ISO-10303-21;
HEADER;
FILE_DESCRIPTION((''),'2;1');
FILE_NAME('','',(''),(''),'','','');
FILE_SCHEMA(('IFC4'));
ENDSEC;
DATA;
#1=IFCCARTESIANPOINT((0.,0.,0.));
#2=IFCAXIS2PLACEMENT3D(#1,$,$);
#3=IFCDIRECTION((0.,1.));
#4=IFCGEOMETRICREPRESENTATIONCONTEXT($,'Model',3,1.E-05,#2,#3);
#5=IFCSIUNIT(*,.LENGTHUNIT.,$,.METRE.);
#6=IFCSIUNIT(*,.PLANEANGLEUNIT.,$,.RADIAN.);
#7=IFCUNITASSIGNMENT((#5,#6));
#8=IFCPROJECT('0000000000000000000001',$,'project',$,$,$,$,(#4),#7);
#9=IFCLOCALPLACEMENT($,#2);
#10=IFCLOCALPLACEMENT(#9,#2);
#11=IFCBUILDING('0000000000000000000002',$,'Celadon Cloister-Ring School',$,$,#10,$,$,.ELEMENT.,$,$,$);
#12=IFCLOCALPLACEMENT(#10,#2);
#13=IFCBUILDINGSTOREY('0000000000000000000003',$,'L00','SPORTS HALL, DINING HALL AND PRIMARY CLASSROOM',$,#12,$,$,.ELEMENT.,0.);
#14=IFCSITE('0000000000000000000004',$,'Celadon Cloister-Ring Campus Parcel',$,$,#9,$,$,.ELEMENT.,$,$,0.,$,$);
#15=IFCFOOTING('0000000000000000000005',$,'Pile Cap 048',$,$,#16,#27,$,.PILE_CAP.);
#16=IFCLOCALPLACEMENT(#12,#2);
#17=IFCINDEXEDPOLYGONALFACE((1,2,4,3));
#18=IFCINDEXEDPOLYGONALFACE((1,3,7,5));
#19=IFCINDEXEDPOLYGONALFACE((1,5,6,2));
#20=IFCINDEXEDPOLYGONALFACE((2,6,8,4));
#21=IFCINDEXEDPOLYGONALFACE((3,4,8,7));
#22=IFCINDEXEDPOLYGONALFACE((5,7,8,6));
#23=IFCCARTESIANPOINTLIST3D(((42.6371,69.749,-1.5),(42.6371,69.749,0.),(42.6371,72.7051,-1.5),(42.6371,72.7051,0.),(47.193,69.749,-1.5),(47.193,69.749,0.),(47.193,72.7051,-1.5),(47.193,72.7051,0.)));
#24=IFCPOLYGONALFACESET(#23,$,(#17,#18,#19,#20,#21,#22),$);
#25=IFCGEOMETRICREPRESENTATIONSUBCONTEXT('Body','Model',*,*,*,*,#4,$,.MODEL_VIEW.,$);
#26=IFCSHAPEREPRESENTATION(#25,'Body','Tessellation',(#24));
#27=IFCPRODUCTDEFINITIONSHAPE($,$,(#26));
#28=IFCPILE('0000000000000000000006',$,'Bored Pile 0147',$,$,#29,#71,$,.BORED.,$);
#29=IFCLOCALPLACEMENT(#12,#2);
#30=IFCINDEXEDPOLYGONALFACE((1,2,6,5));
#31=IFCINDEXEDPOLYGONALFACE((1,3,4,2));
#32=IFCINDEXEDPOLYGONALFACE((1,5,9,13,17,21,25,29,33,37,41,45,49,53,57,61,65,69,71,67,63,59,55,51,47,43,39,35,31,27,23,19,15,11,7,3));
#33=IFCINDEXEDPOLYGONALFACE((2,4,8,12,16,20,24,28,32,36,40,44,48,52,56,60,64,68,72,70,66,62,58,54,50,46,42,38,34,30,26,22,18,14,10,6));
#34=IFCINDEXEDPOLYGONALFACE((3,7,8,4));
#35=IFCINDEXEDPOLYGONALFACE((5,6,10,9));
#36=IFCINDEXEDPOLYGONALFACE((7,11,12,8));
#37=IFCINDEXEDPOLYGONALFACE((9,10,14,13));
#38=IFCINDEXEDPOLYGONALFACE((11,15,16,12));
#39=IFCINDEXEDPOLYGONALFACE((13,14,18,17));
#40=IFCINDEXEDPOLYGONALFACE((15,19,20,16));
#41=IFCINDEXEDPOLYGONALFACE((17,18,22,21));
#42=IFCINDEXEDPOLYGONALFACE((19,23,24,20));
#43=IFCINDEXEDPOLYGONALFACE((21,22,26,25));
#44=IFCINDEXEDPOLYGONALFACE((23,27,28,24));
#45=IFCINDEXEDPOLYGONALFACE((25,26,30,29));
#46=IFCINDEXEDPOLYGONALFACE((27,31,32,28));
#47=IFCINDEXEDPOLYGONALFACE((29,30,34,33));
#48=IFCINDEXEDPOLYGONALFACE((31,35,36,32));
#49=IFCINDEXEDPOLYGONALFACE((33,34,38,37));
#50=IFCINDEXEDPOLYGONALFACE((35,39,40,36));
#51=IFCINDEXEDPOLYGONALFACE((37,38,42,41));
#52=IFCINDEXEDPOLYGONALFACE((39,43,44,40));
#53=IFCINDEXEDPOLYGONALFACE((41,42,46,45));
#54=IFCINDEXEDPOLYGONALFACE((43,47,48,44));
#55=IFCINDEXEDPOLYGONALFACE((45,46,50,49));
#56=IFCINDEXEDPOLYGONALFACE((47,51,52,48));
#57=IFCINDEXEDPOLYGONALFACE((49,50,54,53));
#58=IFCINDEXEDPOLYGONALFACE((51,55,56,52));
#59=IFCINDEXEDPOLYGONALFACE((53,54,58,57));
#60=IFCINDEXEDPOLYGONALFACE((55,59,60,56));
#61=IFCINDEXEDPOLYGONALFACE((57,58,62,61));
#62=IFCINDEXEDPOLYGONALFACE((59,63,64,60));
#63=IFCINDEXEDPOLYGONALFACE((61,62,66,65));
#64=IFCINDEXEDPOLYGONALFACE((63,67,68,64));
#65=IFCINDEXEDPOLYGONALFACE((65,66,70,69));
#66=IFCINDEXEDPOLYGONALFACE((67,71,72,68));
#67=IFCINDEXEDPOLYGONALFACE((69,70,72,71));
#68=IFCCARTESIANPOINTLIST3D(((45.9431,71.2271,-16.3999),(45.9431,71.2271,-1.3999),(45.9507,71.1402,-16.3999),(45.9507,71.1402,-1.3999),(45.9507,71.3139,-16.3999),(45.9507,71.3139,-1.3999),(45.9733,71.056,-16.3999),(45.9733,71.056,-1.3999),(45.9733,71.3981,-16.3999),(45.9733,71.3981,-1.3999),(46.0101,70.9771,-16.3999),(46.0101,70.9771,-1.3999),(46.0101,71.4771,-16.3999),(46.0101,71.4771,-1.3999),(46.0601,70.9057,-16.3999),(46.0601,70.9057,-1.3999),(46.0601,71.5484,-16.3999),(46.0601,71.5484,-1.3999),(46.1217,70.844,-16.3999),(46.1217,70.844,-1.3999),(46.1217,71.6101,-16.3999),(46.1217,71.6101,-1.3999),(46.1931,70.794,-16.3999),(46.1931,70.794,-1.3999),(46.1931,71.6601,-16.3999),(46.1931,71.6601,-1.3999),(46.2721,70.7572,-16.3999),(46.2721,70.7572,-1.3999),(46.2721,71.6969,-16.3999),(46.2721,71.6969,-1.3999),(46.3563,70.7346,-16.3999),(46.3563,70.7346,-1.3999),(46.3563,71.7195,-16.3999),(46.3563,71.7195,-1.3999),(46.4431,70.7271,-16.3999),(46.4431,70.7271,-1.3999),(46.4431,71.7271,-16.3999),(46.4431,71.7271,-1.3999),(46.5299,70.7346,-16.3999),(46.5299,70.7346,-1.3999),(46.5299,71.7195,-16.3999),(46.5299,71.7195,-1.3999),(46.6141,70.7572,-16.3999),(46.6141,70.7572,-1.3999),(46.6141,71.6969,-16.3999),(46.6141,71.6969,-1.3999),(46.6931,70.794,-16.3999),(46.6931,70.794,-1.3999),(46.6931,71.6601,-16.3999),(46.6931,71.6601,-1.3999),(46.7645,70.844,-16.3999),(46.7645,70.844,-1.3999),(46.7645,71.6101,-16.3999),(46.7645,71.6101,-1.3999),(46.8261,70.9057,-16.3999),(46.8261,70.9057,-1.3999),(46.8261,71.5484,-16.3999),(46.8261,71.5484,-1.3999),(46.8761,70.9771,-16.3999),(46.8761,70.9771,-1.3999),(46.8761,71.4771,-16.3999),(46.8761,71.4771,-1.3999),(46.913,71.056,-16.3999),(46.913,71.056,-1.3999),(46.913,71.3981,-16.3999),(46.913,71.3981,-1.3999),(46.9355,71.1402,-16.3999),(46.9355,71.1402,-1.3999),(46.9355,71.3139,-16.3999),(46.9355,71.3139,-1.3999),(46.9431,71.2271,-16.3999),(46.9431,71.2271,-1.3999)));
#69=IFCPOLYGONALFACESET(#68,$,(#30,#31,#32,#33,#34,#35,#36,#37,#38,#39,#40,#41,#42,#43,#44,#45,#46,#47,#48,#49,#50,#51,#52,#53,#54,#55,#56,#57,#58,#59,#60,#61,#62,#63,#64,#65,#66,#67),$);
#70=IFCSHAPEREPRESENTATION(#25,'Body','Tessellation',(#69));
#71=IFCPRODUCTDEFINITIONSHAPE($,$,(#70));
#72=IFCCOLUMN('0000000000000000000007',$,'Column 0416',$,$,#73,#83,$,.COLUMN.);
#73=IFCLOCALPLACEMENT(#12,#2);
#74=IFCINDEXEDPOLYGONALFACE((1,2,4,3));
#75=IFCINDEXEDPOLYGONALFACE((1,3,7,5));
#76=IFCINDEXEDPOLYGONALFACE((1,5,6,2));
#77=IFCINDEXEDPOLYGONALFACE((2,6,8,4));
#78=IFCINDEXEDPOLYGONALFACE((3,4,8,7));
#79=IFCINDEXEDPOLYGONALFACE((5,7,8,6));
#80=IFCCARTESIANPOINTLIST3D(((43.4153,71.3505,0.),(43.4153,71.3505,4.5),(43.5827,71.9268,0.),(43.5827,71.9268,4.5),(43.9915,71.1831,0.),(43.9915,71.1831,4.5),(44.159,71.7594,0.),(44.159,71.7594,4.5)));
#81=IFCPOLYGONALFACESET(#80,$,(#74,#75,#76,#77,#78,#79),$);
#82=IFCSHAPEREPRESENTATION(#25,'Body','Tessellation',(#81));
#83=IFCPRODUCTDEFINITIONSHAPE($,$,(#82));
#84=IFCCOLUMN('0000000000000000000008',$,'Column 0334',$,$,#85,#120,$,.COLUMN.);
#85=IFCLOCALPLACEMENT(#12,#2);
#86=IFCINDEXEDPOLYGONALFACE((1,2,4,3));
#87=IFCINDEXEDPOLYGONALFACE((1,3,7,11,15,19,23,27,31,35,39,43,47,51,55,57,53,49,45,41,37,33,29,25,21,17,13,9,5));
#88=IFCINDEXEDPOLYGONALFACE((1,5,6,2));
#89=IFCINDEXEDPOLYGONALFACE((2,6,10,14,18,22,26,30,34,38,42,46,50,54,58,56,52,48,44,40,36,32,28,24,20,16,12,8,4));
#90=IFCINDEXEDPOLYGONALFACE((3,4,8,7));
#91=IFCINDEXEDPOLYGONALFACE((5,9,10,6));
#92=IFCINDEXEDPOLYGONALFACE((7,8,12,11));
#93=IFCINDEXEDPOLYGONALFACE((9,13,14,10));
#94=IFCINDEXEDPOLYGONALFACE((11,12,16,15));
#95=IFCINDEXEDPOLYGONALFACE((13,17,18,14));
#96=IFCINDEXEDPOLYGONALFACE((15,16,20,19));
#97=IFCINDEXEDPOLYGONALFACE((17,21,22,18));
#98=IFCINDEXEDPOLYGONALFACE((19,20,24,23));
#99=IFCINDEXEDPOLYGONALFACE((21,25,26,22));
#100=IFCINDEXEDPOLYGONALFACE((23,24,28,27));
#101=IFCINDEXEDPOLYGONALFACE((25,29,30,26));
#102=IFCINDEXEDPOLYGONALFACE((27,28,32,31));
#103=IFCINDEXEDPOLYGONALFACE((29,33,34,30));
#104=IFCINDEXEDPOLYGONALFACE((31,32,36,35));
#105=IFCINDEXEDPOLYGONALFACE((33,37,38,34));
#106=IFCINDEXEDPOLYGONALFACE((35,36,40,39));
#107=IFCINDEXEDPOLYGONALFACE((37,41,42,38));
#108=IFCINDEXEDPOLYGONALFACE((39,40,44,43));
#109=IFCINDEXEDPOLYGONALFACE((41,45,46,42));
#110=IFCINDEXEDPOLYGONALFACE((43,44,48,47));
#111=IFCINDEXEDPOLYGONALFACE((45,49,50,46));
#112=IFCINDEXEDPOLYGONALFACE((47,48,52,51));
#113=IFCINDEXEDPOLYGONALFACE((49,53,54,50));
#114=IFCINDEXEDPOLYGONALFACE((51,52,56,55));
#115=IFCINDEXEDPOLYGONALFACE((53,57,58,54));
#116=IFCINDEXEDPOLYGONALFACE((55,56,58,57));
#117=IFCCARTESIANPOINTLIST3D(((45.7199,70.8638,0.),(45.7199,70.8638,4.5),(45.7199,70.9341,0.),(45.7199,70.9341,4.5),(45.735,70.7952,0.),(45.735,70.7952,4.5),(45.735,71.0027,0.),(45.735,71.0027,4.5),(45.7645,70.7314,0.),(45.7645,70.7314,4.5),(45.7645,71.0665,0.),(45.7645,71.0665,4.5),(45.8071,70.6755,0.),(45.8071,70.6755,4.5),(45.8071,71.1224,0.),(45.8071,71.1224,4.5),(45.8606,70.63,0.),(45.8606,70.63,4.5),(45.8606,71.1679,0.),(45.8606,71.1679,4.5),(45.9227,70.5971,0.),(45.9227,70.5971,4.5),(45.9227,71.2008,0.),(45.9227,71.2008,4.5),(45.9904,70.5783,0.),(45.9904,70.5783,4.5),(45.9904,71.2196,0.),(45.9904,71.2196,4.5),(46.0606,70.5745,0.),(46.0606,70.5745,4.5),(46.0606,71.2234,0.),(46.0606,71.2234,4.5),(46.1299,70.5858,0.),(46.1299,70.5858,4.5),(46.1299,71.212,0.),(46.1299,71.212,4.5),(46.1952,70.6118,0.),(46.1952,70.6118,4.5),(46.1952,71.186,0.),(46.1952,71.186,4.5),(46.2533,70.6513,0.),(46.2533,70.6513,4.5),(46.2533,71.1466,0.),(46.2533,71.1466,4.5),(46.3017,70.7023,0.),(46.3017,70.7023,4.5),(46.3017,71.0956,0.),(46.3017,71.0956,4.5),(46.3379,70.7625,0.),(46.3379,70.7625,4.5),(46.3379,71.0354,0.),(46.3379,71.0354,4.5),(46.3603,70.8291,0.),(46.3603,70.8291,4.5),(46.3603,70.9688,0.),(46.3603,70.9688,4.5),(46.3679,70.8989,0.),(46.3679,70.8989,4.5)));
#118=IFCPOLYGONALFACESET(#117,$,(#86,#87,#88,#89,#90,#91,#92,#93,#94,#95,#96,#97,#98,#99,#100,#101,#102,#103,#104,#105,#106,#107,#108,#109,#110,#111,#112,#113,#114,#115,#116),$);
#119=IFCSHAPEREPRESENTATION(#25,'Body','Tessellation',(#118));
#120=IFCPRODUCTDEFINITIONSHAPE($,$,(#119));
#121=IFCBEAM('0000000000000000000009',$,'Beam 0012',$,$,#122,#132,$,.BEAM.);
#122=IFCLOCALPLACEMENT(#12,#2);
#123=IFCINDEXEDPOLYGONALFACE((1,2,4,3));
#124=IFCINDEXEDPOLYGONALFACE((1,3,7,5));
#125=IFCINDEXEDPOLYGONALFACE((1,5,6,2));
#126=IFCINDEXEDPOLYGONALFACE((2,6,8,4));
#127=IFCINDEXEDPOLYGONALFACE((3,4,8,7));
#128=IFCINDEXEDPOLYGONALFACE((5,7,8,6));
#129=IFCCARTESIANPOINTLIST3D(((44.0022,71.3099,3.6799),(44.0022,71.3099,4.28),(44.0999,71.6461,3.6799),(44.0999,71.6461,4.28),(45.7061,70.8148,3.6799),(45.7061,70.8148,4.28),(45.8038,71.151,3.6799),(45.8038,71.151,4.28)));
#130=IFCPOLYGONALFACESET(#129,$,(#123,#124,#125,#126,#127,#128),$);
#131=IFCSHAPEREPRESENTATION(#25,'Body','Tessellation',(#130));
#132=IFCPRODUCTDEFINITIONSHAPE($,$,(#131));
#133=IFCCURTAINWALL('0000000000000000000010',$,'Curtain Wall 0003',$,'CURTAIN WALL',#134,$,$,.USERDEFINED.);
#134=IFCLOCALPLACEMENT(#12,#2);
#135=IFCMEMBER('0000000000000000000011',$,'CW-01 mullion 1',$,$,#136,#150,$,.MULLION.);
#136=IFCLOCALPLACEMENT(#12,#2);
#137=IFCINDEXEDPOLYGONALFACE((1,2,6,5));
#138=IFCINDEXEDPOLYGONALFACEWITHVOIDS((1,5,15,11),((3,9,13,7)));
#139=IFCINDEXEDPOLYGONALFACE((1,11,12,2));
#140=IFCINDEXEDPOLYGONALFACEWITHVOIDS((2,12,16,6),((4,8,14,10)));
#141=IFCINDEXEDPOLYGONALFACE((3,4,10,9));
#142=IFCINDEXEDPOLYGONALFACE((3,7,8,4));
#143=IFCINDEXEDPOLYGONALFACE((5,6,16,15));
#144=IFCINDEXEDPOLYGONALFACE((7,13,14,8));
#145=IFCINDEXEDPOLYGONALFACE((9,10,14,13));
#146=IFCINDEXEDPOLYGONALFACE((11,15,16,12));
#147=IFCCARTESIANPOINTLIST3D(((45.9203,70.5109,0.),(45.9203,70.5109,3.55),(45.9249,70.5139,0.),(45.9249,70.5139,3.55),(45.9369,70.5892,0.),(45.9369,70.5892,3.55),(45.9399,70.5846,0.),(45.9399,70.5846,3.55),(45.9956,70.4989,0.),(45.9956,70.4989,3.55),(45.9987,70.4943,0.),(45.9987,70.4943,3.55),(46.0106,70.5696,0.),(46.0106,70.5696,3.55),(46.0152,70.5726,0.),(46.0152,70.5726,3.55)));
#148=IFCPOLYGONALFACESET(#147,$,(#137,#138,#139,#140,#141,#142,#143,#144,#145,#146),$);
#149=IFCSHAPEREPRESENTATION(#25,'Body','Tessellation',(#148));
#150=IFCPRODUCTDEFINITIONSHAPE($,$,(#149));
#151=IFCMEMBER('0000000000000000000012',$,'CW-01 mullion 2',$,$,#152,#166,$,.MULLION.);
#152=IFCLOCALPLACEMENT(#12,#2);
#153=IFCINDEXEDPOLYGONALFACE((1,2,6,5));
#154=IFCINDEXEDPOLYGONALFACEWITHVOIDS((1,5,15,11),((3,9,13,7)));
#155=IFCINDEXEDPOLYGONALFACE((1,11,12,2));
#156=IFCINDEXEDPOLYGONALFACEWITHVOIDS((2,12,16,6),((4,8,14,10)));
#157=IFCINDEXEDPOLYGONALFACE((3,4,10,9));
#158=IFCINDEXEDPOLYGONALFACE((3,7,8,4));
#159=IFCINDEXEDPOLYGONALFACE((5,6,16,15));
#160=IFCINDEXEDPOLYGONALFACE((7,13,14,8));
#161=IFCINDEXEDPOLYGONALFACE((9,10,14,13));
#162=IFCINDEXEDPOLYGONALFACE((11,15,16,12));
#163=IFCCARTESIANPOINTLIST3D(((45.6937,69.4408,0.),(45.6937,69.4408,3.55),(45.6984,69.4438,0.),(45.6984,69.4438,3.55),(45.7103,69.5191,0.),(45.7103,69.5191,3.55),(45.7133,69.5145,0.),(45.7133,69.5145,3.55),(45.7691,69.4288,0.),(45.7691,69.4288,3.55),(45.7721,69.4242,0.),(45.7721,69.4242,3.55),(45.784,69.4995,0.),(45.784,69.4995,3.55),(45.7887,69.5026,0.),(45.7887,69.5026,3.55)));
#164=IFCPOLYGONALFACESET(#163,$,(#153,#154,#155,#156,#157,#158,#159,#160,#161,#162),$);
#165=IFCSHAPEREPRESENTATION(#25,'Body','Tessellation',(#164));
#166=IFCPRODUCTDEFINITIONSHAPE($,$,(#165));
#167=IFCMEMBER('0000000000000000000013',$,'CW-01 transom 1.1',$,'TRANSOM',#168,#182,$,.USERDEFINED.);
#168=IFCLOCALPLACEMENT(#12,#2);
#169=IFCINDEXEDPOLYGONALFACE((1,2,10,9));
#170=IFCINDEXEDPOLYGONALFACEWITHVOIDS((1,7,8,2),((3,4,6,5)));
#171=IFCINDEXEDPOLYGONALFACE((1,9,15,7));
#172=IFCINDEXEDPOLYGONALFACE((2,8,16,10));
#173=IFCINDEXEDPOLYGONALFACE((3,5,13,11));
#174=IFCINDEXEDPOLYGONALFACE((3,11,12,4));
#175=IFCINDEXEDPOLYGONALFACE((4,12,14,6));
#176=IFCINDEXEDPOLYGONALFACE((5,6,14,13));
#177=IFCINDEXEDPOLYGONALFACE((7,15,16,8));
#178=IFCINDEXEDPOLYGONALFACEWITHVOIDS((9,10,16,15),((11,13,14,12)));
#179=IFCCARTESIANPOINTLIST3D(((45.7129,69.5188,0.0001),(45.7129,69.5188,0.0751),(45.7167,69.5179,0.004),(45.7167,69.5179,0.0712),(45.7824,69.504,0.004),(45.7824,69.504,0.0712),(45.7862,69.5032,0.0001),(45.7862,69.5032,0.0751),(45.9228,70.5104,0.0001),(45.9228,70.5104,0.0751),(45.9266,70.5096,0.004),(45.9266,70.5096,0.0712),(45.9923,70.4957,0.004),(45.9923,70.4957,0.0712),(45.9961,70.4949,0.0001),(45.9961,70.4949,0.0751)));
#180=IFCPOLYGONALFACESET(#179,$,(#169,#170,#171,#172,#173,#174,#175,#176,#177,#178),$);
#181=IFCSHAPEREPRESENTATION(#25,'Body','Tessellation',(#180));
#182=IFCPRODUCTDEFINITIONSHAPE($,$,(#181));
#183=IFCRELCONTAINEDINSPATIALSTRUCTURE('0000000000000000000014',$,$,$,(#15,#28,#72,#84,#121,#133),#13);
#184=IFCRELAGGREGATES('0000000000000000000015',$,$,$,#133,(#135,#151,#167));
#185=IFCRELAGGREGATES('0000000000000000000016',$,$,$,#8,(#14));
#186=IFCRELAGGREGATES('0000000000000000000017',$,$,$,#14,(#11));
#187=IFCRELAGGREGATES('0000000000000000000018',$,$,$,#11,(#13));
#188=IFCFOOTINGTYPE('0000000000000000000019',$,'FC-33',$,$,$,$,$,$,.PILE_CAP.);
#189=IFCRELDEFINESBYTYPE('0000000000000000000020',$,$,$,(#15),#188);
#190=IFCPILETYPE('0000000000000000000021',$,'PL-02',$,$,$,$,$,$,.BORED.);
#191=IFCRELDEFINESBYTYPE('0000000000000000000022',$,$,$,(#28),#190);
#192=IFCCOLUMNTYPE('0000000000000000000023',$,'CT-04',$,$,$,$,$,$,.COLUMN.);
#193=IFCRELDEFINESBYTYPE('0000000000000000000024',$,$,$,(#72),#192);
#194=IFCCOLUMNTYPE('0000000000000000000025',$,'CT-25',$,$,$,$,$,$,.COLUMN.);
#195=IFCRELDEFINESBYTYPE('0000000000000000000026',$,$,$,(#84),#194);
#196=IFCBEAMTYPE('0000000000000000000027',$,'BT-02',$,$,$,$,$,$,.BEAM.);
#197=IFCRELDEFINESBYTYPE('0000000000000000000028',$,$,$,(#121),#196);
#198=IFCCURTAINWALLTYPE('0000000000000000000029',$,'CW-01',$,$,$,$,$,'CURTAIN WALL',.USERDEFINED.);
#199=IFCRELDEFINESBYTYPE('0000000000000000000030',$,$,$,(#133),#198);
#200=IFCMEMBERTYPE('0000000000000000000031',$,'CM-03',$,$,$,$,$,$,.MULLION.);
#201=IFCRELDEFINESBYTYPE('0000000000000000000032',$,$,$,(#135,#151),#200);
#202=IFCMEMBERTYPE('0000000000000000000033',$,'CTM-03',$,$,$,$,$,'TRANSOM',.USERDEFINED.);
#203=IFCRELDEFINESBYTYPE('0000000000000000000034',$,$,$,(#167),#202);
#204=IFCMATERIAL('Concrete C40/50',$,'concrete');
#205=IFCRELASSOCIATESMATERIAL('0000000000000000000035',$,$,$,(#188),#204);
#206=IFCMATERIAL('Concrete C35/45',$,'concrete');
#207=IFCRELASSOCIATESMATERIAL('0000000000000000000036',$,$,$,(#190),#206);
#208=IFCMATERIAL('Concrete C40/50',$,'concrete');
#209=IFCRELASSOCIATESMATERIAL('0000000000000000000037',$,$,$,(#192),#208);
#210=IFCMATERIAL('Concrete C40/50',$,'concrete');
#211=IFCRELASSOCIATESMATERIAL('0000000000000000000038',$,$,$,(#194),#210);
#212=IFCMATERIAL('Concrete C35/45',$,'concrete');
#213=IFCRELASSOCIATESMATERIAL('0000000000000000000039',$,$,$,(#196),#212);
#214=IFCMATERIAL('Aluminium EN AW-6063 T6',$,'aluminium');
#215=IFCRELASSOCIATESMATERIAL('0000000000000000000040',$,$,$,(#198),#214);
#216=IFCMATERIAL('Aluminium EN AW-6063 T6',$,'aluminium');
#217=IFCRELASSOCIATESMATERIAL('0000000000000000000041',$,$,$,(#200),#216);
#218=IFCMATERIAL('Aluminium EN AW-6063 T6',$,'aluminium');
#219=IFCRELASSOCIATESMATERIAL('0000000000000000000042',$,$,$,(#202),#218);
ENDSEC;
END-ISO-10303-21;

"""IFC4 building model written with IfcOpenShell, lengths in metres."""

from ifc_helpers import new_model, si_unit, direction, frame, origin, origin_2d, place, context, subcontext, project, spatial, rectangle, hollow_rectangle, circle, extrude, material, material_profile, profile_set, type_object, element, aggregate, save


model = new_model("IFC4")

# Units and contexts
model_context = context("Model", 3, precision=1e-05, world=origin(), true_north=direction((0.0, 1.0)))
body_context = subcontext(model_context, "Body", "Model", "MODEL_VIEW")
ifc_project = project(units=[si_unit("LENGTHUNIT", "METRE"), si_unit("PLANEANGLEUNIT", "RADIAN")], contexts=[model_context])

# Site, building, storey
site_placement = place(None, origin())
site = spatial("IfcSite", under=ifc_project, at=site_placement, Name="Celadon Cloister-Ring Campus Parcel", CompositionType="ELEMENT", RefElevation=0.0)
building_placement = place(site_placement, origin())
building = spatial("IfcBuilding", under=site, at=building_placement, Name="Celadon Cloister-Ring School", CompositionType="ELEMENT")
storey_placement = place(building_placement, origin())
storey = spatial("IfcBuildingStorey", under=building, at=storey_placement, Name="L00", Description="SPORTS HALL, DINING HALL AND PRIMARY CLASSROOM", CompositionType="ELEMENT", Elevation=0.0)

# Footing
ifc_material_1 = material(Name="Concrete C40/50", Category="concrete")
footing_type = type_object("IfcFootingType", Name="FC-33", PredefinedType="PILE_CAP", material=ifc_material_1)
footing_placement = place(storey_placement, frame((44.915, 71.2271, -1.5), z_axis=(0.0, 0.0, 1.0), x_axis=(1.0, 0.0, 0.0)))
element("IfcFooting", 1, at=footing_placement, inside=storey, type_object=footing_type, Name="Pile Cap 048", PredefinedType="PILE_CAP", context=body_context, shape_type="SweptSolid", body=[
    extrude(rectangle(XDim=4.5559, YDim=2.9561, at=origin_2d()), origin(), (0.0, 0.0, 1.0), 1.5),
])

# Pile
ifc_material_2 = material(Name="Concrete C35/45", Category="concrete")
ifc_material_profile_1 = material_profile(ifc_material_2, circle(Radius=0.5, at=origin_2d()), Name="PILE1000")
ifc_profile_set_1 = profile_set([ifc_material_profile_1], Name="Concrete C35/45")
pile_type = type_object("IfcPileType", Name="PL-02", PredefinedType="BORED", material=ifc_profile_set_1)
pile_placement = place(storey_placement, frame((46.4431, 71.2271, -1.3999), z_axis=(0.0, 0.0, -1.0), x_axis=(1.0, 0.0, 0.0)))
element("IfcPile", 2, at=pile_placement, inside=storey, type_object=pile_type, Name="Bored Pile 0147", PredefinedType="BORED", context=body_context, shape_type="SweptSolid", body=[
    extrude(circle(Radius=0.5, at=origin_2d()), origin(), (0.0, 0.0, 1.0), 15.0),
])

# Columns
ifc_material_3 = material(Name="Concrete C40/50", Category="concrete")
ifc_material_profile_2 = material_profile(ifc_material_3, rectangle(XDim=0.6001, YDim=0.6001, at=origin_2d()), Name="RC600X600")
ifc_profile_set_2 = profile_set([ifc_material_profile_2], Name="Concrete C40/50")
column_type_1 = type_object("IfcColumnType", Name="CT-04", PredefinedType="COLUMN", material=ifc_profile_set_2)
column_1_placement = place(storey_placement, frame((43.7871, 71.5549, 0.0), z_axis=(0.0, 0.0, 1.0), x_axis=(-0.960294, 0.278991, 0.0)))
element("IfcColumn", 3, at=column_1_placement, inside=storey, type_object=column_type_1, Name="Column 0416", PredefinedType="COLUMN", context=body_context, shape_type="SweptSolid", body=[
    extrude(rectangle(XDim=0.6001, YDim=0.6001, at=origin_2d()), origin(), (0.0, 0.0, 1.0), 4.5),
])
ifc_material_4 = material(Name="Concrete C40/50", Category="concrete")
ifc_material_profile_3 = material_profile(ifc_material_4, circle(Radius=0.325, at=origin_2d()), Name="CIRC650")
ifc_profile_set_3 = profile_set([ifc_material_profile_3], Name="Concrete C40/50")
column_type_2 = type_object("IfcColumnType", Name="CT-25", PredefinedType="COLUMN", material=ifc_profile_set_3)
column_2_placement = place(storey_placement, frame((46.043, 70.8989, 0.0), z_axis=(0.0, 0.0, 1.0), x_axis=(1.0, 0.0, 0.0)))
element("IfcColumn", 4, at=column_2_placement, inside=storey, type_object=column_type_2, Name="Column 0334", PredefinedType="COLUMN", context=body_context, shape_type="SweptSolid", body=[
    extrude(circle(Radius=0.325, at=origin_2d()), origin(), (0.0, 0.0, 1.0), 4.5),
])

# Beam
ifc_material_5 = material(Name="Concrete C35/45", Category="concrete")
ifc_material_profile_4 = material_profile(ifc_material_5, rectangle(XDim=0.3501, YDim=0.6001, at=origin_2d()), Name="RC350X600")
ifc_profile_set_4 = profile_set([ifc_material_profile_4], Name="Concrete C35/45")
beam_type_1 = type_object("IfcBeamType", Name="BT-02", PredefinedType="BEAM", material=ifc_profile_set_4)
beam_1_placement = place(storey_placement, frame((44.051, 71.478, 3.98), z_axis=(0.960278, -0.279044, 0.0), x_axis=(0.279044, 0.960278, 0.0)))
element("IfcBeam", 5, at=beam_1_placement, inside=storey, type_object=beam_type_1, Name="Beam 0012", PredefinedType="BEAM", context=body_context, shape_type="SweptSolid", body=[
    extrude(rectangle(XDim=0.3501, YDim=0.6001, at=origin_2d()), origin(), (0.0, 0.0, 1.0), 1.7744),
])

# Curtain wall, members
ifc_material_6 = material(Name="Aluminium EN AW-6063 T6", Category="aluminium")
curtain_wall_type = type_object("IfcCurtainWallType", Name="CW-01", ElementType="CURTAIN WALL", PredefinedType="USERDEFINED", material=ifc_material_6)
curtain_wall_placement = place(storey_placement, origin())
curtain_wall = element("IfcCurtainWall", 6, at=curtain_wall_placement, inside=storey, type_object=curtain_wall_type, Name="Curtain Wall 0003", ObjectType="CURTAIN WALL", PredefinedType="USERDEFINED")
ifc_material_7 = material(Name="Aluminium EN AW-6063 T6", Category="aluminium")
ifc_material_profile_5 = material_profile(ifc_material_7, hollow_rectangle(XDim=0.0801, YDim=0.0801, WallThickness=0.0039, at=origin_2d()), Name="RHS80X80X4")
ifc_profile_set_5 = profile_set([ifc_material_profile_5], Name="Aluminium EN AW-6063 T6")
member_type_1 = type_object("IfcMemberType", Name="CM-03", PredefinedType="MULLION", material=ifc_profile_set_5)
member_1_placement = place(storey_placement, frame((45.9678, 70.5417, 0.0), z_axis=(0.0, 0.0, 1.0), x_axis=(0.978321, -0.207095, 0.0)))
member_1 = element("IfcMember", 7, at=member_1_placement, type_object=member_type_1, Name="CW-01 mullion 1", PredefinedType="MULLION", context=body_context, shape_type="SweptSolid", body=[
    extrude(hollow_rectangle(XDim=0.0801, YDim=0.0801, WallThickness=0.0039, at=origin_2d()), origin(), (0.0, 0.0, 1.0), 3.55),
])
member_2_placement = place(storey_placement, frame((45.7412, 69.4717, 0.0), z_axis=(0.0, 0.0, 1.0), x_axis=(0.978321, -0.207095, 0.0)))
member_2 = element("IfcMember", 8, at=member_2_placement, type_object=member_type_1, Name="CW-01 mullion 2", PredefinedType="MULLION", context=body_context, shape_type="SweptSolid", body=[
    extrude(hollow_rectangle(XDim=0.0801, YDim=0.0801, WallThickness=0.0039, at=origin_2d()), origin(), (0.0, 0.0, 1.0), 3.55),
])
ifc_material_8 = material(Name="Aluminium EN AW-6063 T6", Category="aluminium")
ifc_material_profile_6 = material_profile(ifc_material_8, hollow_rectangle(XDim=0.075, YDim=0.075, WallThickness=0.0039, at=origin_2d()), Name="RHS75X75X4")
ifc_profile_set_6 = profile_set([ifc_material_profile_6], Name="Aluminium EN AW-6063 T6")
member_type_2 = type_object("IfcMemberType", Name="CTM-03", ElementType="TRANSOM", PredefinedType="USERDEFINED", material=ifc_profile_set_6)
member_3_placement = place(storey_placement, frame((45.9595, 70.5027, 0.0376), z_axis=(-0.207127, -0.978314, 0.0), x_axis=(0.978314, -0.207127, 0.0)))
member_3 = element("IfcMember", 9, at=member_3_placement, type_object=member_type_2, Name="CW-01 transom 1.1", ObjectType="TRANSOM", PredefinedType="USERDEFINED", context=body_context, shape_type="SweptSolid", body=[
    extrude(hollow_rectangle(XDim=0.075, YDim=0.075, WallThickness=0.0039, at=origin_2d()), origin(), (0.0, 0.0, 1.0), 1.0137),
])

aggregate(curtain_wall, [member_1, member_2, member_3])

save(model, "model.ifc")
